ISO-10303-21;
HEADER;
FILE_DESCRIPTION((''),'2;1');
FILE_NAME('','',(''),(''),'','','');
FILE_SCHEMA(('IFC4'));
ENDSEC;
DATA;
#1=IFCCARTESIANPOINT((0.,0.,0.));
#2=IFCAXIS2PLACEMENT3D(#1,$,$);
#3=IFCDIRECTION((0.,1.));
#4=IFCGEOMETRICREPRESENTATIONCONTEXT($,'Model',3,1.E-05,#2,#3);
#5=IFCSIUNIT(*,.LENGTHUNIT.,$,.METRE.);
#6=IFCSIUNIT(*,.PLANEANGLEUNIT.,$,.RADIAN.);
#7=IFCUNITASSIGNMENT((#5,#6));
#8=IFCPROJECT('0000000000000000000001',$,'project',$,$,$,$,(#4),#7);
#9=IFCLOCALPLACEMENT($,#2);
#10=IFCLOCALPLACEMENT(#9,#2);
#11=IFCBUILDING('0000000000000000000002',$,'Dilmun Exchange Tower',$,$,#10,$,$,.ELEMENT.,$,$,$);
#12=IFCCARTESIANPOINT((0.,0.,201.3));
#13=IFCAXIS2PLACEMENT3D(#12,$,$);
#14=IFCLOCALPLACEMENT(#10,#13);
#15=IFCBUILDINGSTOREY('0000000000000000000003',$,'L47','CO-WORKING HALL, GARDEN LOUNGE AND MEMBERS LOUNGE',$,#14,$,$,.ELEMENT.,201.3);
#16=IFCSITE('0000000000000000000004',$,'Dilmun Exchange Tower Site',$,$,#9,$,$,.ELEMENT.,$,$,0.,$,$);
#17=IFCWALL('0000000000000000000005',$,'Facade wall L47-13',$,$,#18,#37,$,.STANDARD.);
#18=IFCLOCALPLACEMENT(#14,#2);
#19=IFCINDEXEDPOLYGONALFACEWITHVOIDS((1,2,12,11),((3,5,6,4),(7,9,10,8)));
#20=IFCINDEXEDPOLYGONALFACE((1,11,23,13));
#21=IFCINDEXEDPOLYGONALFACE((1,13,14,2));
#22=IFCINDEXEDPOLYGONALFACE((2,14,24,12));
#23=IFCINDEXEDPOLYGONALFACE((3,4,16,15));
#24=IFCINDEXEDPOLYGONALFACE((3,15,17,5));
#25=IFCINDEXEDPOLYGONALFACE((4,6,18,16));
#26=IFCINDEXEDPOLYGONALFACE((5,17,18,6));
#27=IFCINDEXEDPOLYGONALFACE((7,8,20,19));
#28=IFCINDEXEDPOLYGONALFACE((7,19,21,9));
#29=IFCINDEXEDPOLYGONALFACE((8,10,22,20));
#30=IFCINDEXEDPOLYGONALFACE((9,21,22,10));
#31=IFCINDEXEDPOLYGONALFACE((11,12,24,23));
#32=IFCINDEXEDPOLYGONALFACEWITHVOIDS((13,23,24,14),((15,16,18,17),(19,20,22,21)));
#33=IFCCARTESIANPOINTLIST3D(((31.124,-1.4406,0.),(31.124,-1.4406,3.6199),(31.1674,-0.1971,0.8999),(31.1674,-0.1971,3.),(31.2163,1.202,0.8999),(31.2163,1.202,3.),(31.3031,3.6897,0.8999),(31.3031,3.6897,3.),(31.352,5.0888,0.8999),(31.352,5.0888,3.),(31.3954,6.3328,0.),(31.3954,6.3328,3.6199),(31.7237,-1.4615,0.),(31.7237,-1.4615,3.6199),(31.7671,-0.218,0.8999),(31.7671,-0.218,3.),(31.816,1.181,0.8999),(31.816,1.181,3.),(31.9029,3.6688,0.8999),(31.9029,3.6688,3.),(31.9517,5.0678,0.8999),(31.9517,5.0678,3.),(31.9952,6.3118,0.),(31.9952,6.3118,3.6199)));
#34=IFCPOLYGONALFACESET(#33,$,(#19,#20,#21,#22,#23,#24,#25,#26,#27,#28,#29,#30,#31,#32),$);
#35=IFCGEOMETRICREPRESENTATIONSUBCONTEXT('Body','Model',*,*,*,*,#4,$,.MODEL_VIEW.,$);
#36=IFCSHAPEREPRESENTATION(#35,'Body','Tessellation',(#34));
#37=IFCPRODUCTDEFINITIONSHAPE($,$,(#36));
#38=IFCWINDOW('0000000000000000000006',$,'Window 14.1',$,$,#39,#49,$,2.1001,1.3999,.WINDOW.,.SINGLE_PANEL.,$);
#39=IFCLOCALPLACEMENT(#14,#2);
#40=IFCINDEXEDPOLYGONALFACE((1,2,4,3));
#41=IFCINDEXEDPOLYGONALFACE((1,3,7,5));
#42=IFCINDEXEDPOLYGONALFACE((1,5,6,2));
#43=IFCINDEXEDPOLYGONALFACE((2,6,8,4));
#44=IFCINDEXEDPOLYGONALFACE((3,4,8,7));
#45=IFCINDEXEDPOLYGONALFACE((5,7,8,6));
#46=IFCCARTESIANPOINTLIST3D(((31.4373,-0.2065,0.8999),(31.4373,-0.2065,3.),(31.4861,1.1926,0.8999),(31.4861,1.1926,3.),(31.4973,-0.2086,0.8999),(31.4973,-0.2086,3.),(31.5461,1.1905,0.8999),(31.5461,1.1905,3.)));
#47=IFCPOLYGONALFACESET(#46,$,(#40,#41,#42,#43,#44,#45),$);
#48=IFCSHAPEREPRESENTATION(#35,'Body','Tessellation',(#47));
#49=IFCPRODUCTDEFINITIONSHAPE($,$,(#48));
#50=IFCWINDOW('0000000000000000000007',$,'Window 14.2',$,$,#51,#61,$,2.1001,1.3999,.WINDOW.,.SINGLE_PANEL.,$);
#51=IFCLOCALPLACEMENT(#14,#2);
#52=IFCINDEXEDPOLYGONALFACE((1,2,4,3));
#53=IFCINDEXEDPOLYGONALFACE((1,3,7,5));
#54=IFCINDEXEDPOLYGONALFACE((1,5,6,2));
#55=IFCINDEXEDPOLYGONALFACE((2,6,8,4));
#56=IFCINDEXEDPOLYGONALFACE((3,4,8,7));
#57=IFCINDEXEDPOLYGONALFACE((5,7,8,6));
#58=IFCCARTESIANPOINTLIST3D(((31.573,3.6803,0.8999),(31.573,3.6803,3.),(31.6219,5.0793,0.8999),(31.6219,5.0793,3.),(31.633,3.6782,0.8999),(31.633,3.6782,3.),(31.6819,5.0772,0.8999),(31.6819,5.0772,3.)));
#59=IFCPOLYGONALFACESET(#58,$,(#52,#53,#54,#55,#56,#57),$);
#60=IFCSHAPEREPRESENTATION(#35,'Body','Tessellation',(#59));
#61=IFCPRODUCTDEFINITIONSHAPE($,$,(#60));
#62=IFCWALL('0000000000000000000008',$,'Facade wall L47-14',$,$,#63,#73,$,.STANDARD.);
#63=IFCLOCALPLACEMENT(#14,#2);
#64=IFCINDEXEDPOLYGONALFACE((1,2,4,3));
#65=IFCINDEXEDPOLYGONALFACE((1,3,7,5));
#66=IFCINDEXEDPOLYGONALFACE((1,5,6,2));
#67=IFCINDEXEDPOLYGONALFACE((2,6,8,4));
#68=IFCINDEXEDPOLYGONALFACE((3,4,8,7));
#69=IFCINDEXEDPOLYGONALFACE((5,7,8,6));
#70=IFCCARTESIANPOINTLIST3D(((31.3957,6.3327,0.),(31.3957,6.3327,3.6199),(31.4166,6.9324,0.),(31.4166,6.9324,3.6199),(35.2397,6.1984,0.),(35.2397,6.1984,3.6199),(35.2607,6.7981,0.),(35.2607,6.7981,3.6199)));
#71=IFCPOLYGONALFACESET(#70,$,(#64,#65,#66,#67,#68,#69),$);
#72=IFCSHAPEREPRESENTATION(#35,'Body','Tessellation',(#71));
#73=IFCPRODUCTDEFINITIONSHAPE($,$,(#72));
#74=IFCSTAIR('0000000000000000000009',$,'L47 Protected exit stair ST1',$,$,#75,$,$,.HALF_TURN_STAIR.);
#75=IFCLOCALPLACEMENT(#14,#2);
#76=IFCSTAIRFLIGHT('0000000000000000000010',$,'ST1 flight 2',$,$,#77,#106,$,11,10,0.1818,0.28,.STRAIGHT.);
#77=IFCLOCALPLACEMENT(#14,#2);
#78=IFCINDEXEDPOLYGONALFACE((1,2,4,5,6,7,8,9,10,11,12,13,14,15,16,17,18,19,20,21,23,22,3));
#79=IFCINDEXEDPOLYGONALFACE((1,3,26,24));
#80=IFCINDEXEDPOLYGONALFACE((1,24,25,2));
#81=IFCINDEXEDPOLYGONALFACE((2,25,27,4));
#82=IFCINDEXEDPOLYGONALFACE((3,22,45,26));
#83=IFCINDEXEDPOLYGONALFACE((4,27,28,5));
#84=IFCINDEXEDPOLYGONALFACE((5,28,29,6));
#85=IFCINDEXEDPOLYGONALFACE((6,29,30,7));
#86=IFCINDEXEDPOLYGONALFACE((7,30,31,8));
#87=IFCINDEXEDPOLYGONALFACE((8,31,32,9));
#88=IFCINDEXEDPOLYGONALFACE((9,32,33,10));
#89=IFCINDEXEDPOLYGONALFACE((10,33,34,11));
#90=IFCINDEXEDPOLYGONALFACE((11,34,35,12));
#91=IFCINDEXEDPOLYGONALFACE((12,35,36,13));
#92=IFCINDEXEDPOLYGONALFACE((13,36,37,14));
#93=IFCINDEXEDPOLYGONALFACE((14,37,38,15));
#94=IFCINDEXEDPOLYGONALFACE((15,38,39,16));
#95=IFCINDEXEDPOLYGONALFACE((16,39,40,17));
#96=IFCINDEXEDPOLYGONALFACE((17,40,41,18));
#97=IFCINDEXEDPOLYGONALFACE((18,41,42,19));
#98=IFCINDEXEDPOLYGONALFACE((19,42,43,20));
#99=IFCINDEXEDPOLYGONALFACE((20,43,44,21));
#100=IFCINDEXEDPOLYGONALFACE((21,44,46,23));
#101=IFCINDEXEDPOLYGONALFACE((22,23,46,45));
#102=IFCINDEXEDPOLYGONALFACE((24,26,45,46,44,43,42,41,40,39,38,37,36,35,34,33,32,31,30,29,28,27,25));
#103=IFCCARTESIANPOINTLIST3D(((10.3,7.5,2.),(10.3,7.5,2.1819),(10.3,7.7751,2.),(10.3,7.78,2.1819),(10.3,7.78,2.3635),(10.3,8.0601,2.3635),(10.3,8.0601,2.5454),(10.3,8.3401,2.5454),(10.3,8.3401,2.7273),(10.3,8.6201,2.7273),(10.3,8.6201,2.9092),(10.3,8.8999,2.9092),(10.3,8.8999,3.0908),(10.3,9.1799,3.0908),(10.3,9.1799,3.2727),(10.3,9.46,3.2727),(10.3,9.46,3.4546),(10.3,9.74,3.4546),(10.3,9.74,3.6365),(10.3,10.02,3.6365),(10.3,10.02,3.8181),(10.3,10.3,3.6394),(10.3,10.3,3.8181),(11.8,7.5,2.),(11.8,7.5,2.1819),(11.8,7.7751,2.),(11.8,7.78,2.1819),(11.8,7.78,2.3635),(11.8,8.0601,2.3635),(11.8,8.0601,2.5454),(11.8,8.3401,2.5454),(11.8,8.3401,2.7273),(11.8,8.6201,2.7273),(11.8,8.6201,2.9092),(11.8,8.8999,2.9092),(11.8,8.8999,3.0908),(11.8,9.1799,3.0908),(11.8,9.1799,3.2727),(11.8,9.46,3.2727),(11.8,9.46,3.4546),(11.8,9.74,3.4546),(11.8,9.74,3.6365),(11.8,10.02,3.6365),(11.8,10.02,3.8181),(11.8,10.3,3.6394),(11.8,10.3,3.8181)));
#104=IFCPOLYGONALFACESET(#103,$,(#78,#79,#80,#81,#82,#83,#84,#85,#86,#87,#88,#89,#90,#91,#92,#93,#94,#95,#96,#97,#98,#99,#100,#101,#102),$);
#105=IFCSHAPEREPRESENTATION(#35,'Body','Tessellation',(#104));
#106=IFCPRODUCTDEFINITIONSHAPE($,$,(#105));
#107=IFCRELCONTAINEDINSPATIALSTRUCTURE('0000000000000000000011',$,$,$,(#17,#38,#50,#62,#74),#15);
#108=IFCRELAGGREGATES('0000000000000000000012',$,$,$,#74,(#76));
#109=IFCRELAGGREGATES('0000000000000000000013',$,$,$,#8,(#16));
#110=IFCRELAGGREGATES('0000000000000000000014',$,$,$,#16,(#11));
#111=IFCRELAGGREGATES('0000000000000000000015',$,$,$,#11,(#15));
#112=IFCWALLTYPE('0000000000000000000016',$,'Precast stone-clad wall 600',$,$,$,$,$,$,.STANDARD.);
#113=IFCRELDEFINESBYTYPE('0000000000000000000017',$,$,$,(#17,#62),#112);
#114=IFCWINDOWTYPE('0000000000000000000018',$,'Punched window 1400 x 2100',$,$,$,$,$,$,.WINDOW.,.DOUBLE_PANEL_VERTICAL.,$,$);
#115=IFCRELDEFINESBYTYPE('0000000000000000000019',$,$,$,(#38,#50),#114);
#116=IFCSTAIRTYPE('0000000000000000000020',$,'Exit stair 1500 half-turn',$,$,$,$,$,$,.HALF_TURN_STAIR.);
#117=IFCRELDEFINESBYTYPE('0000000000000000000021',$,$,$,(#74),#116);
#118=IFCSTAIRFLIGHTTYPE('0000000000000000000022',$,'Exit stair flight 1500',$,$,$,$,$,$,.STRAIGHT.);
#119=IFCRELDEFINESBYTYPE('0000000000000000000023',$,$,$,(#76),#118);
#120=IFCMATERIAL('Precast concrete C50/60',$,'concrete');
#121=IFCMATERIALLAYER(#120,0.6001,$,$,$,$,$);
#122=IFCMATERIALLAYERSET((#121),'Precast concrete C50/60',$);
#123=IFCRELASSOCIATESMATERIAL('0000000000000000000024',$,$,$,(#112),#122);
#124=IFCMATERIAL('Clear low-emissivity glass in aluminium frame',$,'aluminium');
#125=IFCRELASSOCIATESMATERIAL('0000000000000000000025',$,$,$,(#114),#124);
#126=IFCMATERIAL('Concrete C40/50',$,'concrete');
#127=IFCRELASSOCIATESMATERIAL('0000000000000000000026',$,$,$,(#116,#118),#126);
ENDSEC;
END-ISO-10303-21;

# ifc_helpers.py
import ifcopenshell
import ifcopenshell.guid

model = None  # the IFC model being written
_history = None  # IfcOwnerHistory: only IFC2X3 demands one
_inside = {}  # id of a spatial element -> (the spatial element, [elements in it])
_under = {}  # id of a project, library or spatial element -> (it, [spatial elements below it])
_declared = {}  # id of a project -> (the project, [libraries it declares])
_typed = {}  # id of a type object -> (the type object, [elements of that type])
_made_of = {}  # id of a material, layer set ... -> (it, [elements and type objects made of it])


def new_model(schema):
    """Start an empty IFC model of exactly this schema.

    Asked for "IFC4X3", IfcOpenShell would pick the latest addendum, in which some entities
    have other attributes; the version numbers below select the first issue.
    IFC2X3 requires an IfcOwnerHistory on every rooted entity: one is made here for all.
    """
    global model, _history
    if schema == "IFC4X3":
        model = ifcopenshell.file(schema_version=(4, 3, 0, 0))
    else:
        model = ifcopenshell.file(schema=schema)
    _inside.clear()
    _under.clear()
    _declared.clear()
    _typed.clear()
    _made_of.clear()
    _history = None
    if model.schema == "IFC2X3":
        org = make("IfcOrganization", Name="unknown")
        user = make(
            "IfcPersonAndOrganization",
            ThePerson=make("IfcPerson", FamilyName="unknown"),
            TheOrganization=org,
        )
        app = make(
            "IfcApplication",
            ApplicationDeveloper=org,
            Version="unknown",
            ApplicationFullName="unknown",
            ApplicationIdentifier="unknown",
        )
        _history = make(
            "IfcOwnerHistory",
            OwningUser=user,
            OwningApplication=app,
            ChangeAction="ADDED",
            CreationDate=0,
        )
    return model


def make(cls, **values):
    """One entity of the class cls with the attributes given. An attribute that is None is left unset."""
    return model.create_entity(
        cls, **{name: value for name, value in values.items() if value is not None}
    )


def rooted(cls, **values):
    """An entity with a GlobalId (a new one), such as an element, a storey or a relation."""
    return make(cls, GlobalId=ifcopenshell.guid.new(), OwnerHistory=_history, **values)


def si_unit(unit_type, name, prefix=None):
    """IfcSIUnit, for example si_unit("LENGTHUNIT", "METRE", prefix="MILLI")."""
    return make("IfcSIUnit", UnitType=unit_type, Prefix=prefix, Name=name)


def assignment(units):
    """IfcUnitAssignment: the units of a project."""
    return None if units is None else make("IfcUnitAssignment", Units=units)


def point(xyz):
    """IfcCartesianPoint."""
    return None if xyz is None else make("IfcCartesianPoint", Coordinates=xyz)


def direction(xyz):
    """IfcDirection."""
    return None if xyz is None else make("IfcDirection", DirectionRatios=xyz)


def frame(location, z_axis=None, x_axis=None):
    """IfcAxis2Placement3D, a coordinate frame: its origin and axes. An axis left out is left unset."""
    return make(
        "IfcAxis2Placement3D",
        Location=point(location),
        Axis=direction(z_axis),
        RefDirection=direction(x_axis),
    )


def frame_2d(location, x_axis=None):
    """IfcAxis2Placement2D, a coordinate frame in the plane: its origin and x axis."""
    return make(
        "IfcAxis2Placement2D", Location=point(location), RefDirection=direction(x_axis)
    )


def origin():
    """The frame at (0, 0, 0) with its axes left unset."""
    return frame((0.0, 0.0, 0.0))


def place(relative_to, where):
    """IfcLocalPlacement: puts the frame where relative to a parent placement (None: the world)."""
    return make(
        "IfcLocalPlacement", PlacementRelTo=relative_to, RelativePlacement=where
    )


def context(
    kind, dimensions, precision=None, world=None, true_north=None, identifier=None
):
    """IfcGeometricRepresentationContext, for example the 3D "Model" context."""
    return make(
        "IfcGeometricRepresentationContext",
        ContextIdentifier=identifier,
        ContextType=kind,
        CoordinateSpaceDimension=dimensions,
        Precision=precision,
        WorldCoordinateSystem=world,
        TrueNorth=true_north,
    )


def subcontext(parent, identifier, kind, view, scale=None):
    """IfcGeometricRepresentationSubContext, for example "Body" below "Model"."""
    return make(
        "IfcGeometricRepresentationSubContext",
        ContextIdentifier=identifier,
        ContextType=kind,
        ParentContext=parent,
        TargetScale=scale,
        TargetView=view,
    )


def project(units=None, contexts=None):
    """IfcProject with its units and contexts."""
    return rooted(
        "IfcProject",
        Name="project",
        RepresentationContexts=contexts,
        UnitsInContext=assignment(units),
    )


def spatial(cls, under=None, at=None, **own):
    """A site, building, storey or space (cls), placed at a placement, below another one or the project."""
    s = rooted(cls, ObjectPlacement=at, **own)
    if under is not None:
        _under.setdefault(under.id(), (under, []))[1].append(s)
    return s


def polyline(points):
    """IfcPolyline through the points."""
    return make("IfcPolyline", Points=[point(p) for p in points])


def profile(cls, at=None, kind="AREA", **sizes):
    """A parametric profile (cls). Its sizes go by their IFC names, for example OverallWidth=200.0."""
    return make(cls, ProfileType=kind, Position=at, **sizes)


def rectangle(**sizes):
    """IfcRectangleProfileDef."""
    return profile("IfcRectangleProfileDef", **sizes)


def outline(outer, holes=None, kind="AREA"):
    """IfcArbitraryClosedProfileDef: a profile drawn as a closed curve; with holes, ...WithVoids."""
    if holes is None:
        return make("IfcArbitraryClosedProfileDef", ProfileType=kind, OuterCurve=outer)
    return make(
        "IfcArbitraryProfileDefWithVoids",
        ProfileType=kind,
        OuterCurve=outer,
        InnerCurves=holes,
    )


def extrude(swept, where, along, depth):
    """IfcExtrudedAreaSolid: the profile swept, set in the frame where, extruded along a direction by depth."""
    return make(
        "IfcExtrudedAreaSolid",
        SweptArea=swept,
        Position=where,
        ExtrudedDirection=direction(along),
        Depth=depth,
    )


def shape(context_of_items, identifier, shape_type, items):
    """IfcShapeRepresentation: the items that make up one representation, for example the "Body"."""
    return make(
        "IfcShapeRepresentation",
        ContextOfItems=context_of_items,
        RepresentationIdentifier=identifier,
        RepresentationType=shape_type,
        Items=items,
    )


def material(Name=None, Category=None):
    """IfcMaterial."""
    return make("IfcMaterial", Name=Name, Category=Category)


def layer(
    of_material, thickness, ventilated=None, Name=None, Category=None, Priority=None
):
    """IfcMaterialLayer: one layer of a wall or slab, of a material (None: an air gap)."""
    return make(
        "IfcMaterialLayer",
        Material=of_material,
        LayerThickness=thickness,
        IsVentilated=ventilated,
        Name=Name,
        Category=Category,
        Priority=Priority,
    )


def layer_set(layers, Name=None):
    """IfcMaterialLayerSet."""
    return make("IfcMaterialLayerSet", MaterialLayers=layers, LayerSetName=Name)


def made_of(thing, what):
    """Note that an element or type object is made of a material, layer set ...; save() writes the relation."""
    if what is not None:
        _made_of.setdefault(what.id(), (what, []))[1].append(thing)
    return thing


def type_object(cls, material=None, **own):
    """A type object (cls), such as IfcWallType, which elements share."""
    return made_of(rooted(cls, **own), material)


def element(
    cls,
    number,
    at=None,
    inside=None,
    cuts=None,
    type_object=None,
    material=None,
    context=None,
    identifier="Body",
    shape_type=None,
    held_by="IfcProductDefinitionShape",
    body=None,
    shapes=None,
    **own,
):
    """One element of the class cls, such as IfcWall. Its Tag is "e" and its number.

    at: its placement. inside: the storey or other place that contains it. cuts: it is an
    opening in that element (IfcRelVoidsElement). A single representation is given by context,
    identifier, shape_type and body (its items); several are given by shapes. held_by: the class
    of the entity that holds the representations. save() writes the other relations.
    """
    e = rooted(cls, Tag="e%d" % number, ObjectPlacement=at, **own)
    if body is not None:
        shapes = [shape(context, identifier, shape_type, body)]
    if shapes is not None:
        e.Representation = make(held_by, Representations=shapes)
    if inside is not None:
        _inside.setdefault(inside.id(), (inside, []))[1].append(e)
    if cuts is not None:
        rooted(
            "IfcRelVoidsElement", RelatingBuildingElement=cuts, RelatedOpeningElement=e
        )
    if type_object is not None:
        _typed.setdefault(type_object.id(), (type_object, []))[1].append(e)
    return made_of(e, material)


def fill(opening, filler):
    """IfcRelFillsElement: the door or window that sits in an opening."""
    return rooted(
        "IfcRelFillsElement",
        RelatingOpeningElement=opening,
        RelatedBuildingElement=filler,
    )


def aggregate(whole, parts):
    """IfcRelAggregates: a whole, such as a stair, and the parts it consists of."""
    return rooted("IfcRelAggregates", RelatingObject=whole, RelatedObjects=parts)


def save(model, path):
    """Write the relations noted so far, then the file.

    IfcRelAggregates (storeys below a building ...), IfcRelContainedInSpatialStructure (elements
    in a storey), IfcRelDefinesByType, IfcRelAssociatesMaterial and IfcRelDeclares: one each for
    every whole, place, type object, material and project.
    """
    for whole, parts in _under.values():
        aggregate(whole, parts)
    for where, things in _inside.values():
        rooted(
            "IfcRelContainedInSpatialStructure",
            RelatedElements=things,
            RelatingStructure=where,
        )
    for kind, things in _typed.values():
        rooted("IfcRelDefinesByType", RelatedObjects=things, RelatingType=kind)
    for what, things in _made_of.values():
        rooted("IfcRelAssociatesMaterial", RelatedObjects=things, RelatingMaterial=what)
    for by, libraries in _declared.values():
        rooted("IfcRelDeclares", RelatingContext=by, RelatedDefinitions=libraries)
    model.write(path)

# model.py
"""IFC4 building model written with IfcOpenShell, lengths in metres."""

from ifc_helpers import new_model, si_unit, direction, frame, frame_2d, origin, place, context, subcontext, project, spatial, polyline, rectangle, outline, extrude, material, layer, layer_set, type_object, element, fill, aggregate, save


model = new_model("IFC4")

# Units and contexts
model_context = context("Model", 3, precision=1e-05, world=origin(), true_north=direction((0.0, 1.0)))
body_context = subcontext(model_context, "Body", "Model", "MODEL_VIEW")
ifc_project = project(units=[si_unit("LENGTHUNIT", "METRE"), si_unit("PLANEANGLEUNIT", "RADIAN")], contexts=[model_context])

# Site, building, storey
site_placement = place(None, origin())
site = spatial("IfcSite", under=ifc_project, at=site_placement, Name="Dilmun Exchange Tower Site", CompositionType="ELEMENT", RefElevation=0.0)
building_placement = place(site_placement, origin())
building = spatial("IfcBuilding", under=site, at=building_placement, Name="Dilmun Exchange Tower", CompositionType="ELEMENT")
storey_placement = place(building_placement, frame((0.0, 0.0, 201.3)))
storey = spatial("IfcBuildingStorey", under=building, at=storey_placement, Name="L47", Description="CO-WORKING HALL, GARDEN LOUNGE AND MEMBERS LOUNGE", CompositionType="ELEMENT", Elevation=201.3)

# Shared definitions
ifc_material_1 = material(Name="Concrete C40/50", Category="concrete")

# Shared definitions
ifc_material_2 = material(Name="Precast concrete C50/60", Category="concrete")
ifc_layer_1 = layer(ifc_material_2, 0.6001)
ifc_layer_set_1 = layer_set([ifc_layer_1], Name="Precast concrete C50/60")
wall_type_1 = type_object("IfcWallType", Name="Precast stone-clad wall 600", PredefinedType="STANDARD", material=ifc_layer_set_1)

# Wall, openings, windows
wall_1_placement = place(storey_placement, frame((31.4238, -1.4512, 0.0), z_axis=(0.0, 0.0, 1.0), x_axis=(0.034903, 0.999391, 0.0)))
wall_1 = element("IfcWall", 1, at=wall_1_placement, inside=storey, type_object=wall_type_1, Name="Facade wall L47-13", PredefinedType="STANDARD", context=body_context, shape_type="SweptSolid", body=[
    extrude(rectangle(XDim=7.7781, YDim=0.6001, at=frame_2d((3.8892, 0.0))), origin(), (0.0, 0.0, 1.0), 3.6199),
])
opening_1_placement = place(wall_1_placement, frame((1.2444, 0.0, 0.8999)))
opening_1 = element("IfcOpeningElement", 2, at=opening_1_placement, cuts=wall_1, PredefinedType="OPENING", context=body_context, shape_type="SweptSolid", body=[
    extrude(rectangle(XDim=1.3999, YDim=2.1001, at=frame_2d((0.7, 1.05))), frame((0.0, 0.3101, 0.0), z_axis=(0.0, -1.0, 0.0), x_axis=(1.0, 0.0, 0.0)), (0.0, 0.0, 1.0), 0.6201),
])
opening_2_placement = place(wall_1_placement, frame((5.1335, 0.0, 0.8999)))
opening_2 = element("IfcOpeningElement", 3, at=opening_2_placement, cuts=wall_1, PredefinedType="OPENING", context=body_context, shape_type="SweptSolid", body=[
    extrude(rectangle(XDim=1.3999, YDim=2.1001, at=frame_2d((0.7, 1.05))), frame((0.0, 0.3101, 0.0), z_axis=(0.0, -1.0, 0.0), x_axis=(1.0, 0.0, 0.0)), (0.0, 0.0, 1.0), 0.6201),
])
ifc_material_3 = material(Name="Clear low-emissivity glass in aluminium frame", Category="aluminium")
window_type_1 = type_object("IfcWindowType", Name="Punched window 1400 x 2100", PartitioningType="DOUBLE_PANEL_VERTICAL", PredefinedType="WINDOW", material=ifc_material_3)
window_1_placement = place(opening_1_placement, origin())
window_1 = element("IfcWindow", 4, at=window_1_placement, inside=storey, type_object=window_type_1, Name="Window 14.1", OverallHeight=2.1001, OverallWidth=1.3999, PartitioningType="SINGLE_PANEL", PredefinedType="WINDOW", context=body_context, shape_type="SweptSolid", body=[
    extrude(rectangle(XDim=1.3999, YDim=2.1001, at=frame_2d((0.7, 1.05))), frame((0.0, 0.03, 0.0), z_axis=(0.0, -1.0, 0.0), x_axis=(1.0, 0.0, 0.0)), (0.0, 0.0, 1.0), 0.0601),
])
fill(opening_1, window_1)
window_2_placement = place(opening_2_placement, origin())
window_2 = element("IfcWindow", 5, at=window_2_placement, inside=storey, type_object=window_type_1, Name="Window 14.2", OverallHeight=2.1001, OverallWidth=1.3999, PartitioningType="SINGLE_PANEL", PredefinedType="WINDOW", context=body_context, shape_type="SweptSolid", body=[
    extrude(rectangle(XDim=1.3999, YDim=2.1001, at=frame_2d((0.7, 1.05))), frame((0.0, 0.03, 0.0), z_axis=(0.0, -1.0, 0.0), x_axis=(1.0, 0.0, 0.0)), (0.0, 0.0, 1.0), 0.0601),
])
fill(opening_2, window_2)

# Wall
wall_2_placement = place(storey_placement, frame((31.406, 6.6326, 0.0), z_axis=(0.0, 0.0, 1.0), x_axis=(0.99939, -0.03491, 0.0)))
element("IfcWall", 6, at=wall_2_placement, inside=storey, type_object=wall_type_1, Name="Facade wall L47-14", PredefinedType="STANDARD", context=body_context, shape_type="SweptSolid", body=[
    extrude(rectangle(XDim=3.8464, YDim=0.6001, at=frame_2d((1.9233, 0.0))), origin(), (0.0, 0.0, 1.0), 3.6199),
])

# Stair, stair flight
stair_type = type_object("IfcStairType", Name="Exit stair 1500 half-turn", PredefinedType="HALF_TURN_STAIR", material=ifc_material_1)
stair_placement = place(storey_placement, origin())
stair = element("IfcStair", 7, at=stair_placement, inside=storey, type_object=stair_type, Name="L47 Protected exit stair ST1", PredefinedType="HALF_TURN_STAIR")
stair_flight_type = type_object("IfcStairFlightType", Name="Exit stair flight 1500", PredefinedType="STRAIGHT", material=ifc_material_1)
stair_flight_placement = place(storey_placement, frame((11.05, 7.5, 2.0), z_axis=(0.0, 0.0, 1.0), x_axis=(0.0, 1.0, 0.0)))
stair_flight = element("IfcStairFlight", 8, at=stair_flight_placement, type_object=stair_flight_type, Name="ST1 flight 2", NumberOfRisers=11, NumberOfTreads=10, PredefinedType="STRAIGHT", RiserHeight=0.1818, TreadLength=0.28, context=body_context, shape_type="SweptSolid", body=[
    extrude(outline(polyline([(0.0, 0.0), (0.0, 0.1819), (0.28, 0.1819), (0.28, 0.3635), (0.5601, 0.3635), (0.5601, 0.5454), (0.8401, 0.5454), (0.8401, 0.7273), (1.1201, 0.7273), (1.1201, 0.9092), (1.3999, 0.9092), (1.3999, 1.0908), (1.6799, 1.0908), (1.6799, 1.2727), (1.96, 1.2727), (1.96, 1.4546), (2.24, 1.4546), (2.24, 1.6365), (2.52, 1.6365), (2.52, 1.8181), (2.8, 1.8181), (2.8, 2.0), (2.8, 1.6394), (0.2751, 0.0), (0.0, 0.0)])), frame((0.0, 0.75, 0.0), z_axis=(0.0, -1.0, 0.0), x_axis=(1.0, 0.0, 0.0)), (0.0, 0.0, 1.0), 1.5),
])
aggregate(stair, [stair_flight])

save(model, "model.ifc")
